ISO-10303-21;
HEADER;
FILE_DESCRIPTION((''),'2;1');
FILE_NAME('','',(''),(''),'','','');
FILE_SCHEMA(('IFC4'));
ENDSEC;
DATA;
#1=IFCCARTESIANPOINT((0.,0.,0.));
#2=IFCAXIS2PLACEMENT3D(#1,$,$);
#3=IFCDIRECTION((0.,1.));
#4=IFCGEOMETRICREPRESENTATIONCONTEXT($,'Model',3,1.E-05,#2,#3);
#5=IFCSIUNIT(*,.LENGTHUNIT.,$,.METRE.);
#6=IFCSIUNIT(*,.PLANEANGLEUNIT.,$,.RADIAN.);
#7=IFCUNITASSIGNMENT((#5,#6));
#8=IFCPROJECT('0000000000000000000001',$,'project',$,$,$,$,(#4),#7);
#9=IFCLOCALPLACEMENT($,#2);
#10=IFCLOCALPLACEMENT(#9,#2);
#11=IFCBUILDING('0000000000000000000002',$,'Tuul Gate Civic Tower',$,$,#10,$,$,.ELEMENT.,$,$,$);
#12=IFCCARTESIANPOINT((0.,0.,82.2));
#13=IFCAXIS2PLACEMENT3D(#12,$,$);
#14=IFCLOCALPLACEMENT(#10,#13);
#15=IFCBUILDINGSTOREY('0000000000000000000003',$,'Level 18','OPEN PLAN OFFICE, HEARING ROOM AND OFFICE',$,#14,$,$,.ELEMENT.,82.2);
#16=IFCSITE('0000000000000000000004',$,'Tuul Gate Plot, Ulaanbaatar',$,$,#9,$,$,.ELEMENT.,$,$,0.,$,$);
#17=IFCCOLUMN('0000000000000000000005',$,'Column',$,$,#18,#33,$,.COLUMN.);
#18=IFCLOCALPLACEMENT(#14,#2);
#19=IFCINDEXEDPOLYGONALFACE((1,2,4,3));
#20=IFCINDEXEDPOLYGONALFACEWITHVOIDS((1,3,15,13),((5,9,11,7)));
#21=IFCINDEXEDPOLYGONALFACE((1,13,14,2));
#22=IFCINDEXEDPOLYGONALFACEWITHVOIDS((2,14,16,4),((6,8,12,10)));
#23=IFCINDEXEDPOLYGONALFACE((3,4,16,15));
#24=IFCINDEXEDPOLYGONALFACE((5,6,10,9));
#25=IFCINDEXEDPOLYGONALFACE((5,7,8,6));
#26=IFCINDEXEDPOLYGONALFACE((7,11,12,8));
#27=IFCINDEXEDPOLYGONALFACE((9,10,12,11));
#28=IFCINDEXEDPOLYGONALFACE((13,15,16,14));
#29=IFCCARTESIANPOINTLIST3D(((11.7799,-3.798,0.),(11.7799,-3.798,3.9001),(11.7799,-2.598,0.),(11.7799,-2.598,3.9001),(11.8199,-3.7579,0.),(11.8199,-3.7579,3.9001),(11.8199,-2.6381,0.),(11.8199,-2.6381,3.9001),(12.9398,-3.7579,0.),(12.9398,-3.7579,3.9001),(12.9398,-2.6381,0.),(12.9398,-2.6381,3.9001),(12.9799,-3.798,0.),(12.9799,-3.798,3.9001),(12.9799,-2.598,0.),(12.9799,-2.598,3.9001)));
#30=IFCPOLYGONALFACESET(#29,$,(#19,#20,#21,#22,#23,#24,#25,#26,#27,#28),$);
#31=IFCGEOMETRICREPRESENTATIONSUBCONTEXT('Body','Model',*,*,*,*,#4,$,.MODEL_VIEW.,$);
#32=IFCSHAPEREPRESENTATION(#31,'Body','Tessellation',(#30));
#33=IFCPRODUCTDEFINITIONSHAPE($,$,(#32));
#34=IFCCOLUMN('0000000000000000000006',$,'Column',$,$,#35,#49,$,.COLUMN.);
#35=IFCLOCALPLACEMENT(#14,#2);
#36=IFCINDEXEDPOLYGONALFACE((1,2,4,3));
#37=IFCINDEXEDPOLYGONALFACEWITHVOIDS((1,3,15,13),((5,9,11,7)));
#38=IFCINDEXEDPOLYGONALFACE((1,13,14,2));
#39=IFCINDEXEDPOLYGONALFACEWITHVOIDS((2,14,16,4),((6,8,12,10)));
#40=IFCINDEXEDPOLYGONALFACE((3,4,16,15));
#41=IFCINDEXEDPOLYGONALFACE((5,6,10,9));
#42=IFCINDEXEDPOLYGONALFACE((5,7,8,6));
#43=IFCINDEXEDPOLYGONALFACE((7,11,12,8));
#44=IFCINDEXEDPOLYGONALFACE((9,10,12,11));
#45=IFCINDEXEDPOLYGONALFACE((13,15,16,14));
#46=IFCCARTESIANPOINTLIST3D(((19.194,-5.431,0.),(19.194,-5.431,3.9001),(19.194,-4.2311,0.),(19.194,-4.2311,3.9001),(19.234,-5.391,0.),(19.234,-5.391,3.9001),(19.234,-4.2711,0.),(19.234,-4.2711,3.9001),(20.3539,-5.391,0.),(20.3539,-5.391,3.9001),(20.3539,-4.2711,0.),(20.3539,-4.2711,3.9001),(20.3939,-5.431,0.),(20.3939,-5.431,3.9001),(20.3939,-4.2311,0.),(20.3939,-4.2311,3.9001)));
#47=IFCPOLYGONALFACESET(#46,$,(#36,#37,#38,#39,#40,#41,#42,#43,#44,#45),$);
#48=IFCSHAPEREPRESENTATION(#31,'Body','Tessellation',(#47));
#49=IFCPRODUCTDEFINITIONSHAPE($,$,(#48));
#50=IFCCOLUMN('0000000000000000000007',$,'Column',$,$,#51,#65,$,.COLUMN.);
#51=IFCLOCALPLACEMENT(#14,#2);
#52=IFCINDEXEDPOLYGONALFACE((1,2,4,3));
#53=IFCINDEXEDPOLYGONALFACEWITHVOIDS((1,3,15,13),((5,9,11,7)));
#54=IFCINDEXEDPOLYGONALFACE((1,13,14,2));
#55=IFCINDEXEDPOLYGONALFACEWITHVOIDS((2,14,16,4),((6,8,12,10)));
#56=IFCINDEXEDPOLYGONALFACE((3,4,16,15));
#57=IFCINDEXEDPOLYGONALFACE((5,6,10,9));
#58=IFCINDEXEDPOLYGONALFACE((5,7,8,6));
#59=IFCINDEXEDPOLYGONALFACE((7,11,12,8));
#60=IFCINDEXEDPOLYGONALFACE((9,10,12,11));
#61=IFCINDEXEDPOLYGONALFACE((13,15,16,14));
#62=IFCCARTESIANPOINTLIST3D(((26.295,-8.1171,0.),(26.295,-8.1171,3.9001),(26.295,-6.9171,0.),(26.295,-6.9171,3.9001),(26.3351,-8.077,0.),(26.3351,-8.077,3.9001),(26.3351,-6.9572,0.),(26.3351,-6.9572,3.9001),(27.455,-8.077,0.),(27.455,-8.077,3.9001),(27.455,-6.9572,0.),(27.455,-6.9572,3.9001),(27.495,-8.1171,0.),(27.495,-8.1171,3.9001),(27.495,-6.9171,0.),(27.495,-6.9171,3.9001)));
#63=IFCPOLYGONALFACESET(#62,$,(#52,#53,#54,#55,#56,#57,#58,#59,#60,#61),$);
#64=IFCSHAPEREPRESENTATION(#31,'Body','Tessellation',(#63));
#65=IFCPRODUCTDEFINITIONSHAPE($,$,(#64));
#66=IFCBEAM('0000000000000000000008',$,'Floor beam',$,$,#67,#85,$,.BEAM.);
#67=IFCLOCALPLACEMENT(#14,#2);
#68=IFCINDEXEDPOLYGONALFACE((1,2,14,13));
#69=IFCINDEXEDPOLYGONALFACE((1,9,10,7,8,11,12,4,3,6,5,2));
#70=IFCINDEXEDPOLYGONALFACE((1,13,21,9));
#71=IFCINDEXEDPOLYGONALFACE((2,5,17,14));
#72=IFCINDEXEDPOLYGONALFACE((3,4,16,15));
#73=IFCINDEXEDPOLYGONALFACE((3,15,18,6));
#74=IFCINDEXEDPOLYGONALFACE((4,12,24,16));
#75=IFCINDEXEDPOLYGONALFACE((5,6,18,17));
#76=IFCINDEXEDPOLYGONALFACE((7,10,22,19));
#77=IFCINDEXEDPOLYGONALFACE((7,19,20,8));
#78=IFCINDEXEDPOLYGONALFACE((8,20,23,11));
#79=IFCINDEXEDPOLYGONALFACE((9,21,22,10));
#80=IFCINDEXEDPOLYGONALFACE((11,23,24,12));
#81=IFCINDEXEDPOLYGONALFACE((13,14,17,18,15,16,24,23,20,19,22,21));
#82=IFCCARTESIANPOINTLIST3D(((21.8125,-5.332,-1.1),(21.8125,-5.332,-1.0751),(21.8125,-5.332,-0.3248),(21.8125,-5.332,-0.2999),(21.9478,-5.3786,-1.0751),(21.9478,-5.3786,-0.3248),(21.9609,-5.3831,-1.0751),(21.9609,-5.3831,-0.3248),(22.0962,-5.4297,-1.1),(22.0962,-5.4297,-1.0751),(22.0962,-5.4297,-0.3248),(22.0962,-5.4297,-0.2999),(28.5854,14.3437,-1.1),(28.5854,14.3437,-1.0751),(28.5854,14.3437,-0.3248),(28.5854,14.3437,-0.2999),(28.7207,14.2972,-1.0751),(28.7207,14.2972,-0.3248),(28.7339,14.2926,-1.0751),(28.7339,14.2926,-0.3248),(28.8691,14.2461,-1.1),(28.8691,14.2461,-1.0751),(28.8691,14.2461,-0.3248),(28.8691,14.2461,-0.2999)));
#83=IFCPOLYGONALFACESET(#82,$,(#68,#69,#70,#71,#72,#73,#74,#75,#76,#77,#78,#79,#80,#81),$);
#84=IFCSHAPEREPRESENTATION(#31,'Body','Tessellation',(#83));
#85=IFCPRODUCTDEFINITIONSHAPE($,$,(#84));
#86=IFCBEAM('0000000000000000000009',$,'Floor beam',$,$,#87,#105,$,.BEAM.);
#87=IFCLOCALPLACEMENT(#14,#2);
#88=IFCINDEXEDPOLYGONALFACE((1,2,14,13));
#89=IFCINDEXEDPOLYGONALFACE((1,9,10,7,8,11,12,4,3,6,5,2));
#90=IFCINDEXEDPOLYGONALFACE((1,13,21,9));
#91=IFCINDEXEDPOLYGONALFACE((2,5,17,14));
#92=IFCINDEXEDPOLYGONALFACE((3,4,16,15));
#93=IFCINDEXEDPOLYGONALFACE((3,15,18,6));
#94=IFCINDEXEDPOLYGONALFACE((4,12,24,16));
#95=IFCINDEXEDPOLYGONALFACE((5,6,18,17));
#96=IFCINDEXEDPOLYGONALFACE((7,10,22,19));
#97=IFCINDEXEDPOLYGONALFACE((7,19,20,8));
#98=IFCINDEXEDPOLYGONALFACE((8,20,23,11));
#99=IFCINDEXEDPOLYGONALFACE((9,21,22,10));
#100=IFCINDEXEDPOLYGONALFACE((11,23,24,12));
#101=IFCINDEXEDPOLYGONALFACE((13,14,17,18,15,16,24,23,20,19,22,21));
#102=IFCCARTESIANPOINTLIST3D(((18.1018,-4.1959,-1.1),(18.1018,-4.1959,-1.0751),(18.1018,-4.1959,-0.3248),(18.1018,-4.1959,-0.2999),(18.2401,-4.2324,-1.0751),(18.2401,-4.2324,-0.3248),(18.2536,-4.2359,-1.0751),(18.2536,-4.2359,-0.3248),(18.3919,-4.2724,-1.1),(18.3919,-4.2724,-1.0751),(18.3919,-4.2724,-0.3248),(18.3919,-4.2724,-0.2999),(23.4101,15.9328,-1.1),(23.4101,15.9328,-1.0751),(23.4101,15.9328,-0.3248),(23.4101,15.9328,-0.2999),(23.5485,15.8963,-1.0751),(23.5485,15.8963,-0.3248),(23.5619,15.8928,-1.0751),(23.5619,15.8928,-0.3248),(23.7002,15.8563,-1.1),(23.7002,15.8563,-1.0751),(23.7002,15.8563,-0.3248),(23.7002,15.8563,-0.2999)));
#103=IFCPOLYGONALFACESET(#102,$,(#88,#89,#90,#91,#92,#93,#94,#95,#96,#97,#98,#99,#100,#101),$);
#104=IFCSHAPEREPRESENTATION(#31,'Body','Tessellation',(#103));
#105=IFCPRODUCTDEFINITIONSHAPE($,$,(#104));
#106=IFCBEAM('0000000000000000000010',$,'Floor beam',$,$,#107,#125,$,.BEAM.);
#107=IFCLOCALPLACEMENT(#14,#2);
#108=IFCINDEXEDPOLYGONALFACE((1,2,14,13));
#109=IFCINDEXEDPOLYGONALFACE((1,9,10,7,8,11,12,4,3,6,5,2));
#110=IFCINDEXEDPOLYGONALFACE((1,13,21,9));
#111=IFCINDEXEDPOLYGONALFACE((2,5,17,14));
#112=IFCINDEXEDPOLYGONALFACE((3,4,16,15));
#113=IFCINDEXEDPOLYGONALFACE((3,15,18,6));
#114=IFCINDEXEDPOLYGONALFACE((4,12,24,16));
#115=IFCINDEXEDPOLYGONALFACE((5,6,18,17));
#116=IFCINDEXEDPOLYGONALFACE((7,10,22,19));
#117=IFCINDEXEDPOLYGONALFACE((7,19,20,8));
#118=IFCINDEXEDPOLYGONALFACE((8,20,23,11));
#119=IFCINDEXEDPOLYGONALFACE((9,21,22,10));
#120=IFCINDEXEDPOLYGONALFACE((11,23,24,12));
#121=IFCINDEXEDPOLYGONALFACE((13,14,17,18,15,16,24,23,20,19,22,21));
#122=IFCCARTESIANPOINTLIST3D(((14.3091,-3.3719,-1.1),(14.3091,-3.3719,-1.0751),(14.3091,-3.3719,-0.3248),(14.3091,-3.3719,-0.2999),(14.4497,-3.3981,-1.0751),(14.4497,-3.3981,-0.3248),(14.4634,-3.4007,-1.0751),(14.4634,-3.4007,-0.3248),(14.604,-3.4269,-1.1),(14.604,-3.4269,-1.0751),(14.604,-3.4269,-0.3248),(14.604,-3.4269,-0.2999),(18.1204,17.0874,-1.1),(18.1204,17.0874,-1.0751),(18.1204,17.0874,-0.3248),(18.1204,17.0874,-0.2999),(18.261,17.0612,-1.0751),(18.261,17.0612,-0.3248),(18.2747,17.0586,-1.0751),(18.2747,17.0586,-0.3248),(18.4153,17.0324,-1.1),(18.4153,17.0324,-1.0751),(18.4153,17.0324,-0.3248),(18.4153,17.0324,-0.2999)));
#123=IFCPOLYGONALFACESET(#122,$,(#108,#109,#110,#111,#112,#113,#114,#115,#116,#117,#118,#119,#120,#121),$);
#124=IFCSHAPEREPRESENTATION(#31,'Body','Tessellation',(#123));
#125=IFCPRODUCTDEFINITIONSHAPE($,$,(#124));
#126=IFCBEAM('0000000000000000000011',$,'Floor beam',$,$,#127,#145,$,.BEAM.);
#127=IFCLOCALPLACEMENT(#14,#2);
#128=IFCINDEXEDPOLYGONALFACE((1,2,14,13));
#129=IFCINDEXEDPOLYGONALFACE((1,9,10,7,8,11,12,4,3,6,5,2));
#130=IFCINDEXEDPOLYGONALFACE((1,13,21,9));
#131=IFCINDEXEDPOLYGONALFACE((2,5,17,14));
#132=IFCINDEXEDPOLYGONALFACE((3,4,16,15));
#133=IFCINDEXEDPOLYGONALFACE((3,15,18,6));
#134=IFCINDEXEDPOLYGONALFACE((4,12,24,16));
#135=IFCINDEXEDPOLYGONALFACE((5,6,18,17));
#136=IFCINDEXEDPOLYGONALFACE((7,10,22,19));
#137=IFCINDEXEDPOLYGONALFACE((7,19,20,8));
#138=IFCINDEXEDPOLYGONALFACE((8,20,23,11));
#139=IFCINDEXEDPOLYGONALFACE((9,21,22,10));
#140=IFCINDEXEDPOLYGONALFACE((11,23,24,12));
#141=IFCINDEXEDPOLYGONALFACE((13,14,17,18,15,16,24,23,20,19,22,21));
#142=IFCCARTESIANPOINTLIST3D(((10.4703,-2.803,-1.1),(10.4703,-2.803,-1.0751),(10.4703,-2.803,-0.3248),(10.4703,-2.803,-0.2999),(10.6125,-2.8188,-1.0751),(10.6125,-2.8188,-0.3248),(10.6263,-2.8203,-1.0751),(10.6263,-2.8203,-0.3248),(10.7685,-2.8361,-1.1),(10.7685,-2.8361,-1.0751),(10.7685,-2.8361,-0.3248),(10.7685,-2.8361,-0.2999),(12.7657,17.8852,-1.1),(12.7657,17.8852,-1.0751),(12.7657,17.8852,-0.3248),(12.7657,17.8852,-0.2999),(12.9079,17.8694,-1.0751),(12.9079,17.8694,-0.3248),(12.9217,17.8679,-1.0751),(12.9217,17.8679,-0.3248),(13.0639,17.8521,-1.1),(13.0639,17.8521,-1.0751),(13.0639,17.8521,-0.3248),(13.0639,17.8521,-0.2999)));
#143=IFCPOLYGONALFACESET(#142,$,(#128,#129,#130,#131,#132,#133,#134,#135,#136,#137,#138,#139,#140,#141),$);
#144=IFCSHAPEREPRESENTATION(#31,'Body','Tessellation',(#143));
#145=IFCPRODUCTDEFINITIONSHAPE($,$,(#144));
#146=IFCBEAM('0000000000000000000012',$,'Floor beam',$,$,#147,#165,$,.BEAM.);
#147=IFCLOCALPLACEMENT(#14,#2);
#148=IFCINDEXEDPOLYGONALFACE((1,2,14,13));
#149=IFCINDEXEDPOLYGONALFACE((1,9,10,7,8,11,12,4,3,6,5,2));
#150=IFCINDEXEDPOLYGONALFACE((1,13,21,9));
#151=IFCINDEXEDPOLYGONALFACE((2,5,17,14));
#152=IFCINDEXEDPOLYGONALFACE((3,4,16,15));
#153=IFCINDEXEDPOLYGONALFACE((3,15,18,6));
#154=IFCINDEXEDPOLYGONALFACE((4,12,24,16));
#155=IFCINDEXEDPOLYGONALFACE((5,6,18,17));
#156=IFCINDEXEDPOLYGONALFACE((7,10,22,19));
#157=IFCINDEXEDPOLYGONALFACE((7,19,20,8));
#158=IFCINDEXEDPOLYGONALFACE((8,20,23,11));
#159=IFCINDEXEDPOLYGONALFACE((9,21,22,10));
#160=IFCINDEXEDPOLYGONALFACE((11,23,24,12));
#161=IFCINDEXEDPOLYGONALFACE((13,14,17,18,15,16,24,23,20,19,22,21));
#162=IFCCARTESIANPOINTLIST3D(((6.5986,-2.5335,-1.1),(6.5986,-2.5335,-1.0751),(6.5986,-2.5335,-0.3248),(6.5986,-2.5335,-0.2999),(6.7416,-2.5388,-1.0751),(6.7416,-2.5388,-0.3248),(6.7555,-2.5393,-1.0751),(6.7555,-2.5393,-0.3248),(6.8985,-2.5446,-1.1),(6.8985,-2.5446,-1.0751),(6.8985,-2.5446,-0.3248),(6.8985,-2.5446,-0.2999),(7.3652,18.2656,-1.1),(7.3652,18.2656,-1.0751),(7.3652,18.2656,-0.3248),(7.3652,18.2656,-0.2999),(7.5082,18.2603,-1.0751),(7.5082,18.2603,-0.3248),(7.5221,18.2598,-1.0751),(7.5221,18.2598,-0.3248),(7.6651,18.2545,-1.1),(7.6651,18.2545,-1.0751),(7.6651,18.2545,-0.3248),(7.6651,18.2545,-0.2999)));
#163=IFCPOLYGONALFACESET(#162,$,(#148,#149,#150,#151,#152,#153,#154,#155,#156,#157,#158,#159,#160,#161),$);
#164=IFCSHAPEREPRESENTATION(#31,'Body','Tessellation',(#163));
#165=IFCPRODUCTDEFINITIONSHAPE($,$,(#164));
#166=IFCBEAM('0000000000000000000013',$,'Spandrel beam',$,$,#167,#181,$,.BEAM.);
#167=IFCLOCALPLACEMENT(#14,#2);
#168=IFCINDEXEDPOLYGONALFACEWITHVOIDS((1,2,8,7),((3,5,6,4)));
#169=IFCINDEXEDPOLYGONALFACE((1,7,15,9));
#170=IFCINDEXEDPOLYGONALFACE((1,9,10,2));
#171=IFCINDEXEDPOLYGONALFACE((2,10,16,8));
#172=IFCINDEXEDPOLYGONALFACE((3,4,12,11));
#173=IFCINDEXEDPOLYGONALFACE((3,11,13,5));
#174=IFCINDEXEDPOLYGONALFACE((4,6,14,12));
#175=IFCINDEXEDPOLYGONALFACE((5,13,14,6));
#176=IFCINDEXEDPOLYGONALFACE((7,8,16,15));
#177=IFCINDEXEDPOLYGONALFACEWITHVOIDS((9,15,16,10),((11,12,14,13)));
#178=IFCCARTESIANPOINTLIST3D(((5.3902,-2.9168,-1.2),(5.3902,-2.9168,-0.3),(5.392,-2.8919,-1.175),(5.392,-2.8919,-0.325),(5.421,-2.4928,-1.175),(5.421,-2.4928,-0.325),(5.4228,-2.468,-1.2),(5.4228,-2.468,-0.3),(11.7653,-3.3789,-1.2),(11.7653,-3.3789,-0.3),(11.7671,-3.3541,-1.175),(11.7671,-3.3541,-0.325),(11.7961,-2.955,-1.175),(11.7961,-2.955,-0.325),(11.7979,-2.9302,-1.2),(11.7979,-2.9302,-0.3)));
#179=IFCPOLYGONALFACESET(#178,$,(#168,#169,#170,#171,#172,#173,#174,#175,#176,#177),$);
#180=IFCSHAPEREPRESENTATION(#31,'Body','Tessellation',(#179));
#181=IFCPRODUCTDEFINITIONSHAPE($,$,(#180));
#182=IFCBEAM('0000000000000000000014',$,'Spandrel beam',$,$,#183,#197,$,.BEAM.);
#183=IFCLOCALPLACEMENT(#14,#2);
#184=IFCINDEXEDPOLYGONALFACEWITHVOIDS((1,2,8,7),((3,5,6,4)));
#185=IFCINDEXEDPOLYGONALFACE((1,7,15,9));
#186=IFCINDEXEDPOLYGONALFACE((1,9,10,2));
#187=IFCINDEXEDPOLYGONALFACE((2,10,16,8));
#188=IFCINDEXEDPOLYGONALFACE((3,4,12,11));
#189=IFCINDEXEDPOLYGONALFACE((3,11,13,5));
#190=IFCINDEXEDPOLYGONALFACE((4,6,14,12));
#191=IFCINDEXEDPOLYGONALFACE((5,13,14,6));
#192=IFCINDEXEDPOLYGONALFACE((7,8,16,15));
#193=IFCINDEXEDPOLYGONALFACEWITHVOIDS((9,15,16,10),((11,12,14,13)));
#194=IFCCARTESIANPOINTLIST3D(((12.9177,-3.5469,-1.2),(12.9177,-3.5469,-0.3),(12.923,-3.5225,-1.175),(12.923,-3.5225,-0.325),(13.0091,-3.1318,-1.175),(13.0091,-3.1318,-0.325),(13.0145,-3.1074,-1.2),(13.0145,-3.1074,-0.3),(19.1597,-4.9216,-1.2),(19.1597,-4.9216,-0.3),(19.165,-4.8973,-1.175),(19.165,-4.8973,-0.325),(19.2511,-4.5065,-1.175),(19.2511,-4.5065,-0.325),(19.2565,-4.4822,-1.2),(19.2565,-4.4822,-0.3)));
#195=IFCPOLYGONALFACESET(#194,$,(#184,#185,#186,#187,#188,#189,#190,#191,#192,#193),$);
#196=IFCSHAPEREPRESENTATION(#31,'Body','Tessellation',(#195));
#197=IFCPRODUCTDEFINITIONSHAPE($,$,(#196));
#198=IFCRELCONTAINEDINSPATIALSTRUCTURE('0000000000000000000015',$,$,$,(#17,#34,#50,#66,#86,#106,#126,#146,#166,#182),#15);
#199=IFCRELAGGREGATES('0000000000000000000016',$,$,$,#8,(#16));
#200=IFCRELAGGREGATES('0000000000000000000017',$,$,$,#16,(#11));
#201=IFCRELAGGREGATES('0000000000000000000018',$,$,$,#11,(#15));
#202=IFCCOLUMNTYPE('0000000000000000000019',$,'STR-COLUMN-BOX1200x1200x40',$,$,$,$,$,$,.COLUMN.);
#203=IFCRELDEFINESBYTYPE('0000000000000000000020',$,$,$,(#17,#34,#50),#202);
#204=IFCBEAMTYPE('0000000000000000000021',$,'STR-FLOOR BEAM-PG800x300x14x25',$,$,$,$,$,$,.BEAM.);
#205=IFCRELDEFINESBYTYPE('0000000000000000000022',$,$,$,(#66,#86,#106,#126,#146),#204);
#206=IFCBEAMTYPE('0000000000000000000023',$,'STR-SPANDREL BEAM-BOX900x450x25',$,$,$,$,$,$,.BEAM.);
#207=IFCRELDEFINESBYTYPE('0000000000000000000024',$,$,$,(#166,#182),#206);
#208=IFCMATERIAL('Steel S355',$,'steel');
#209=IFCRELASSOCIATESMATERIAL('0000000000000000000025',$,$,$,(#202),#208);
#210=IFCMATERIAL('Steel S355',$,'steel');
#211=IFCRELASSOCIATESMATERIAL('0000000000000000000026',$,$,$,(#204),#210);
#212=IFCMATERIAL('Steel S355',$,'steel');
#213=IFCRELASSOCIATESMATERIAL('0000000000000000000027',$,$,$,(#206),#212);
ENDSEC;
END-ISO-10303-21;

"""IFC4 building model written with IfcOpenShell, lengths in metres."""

from ifc_helpers import new_model, si_unit, direction, frame, origin, origin_2d, place, context, subcontext, project, spatial, hollow_rectangle, i_section, extrude, material, material_profile, profile_set, type_object, element, save


model = new_model("IFC4")

# Units and contexts
model_context = context("Model", 3, precision=1e-05, world=origin(), true_north=direction((0.0, 1.0)))
body_context = subcontext(model_context, "Body", "Model", "MODEL_VIEW")
ifc_project = project(units=[si_unit("LENGTHUNIT", "METRE"), si_unit("PLANEANGLEUNIT", "RADIAN")], contexts=[model_context])

# Site, building, storey
site_placement = place(None, origin())
site = spatial("IfcSite", under=ifc_project, at=site_placement, Name="Tuul Gate Plot, Ulaanbaatar", CompositionType="ELEMENT", RefElevation=0.0)
building_placement = place(site_placement, origin())
building = spatial("IfcBuilding", under=site, at=building_placement, Name="Tuul Gate Civic Tower", CompositionType="ELEMENT")
storey_placement = place(building_placement, frame((0.0, 0.0, 82.2)))
storey = spatial("IfcBuildingStorey", under=building, at=storey_placement, Name="Level 18", Description="OPEN PLAN OFFICE, HEARING ROOM AND OFFICE", CompositionType="ELEMENT", Elevation=82.2)

# Columns
ifc_material_1 = material(Name="Steel S355", Category="steel")
ifc_material_profile_1 = material_profile(ifc_material_1, hollow_rectangle(XDim=1.2, YDim=1.2, WallThickness=0.04, at=origin_2d()), Name="BOX1200x1200x40")
ifc_profile_set_1 = profile_set([ifc_material_profile_1], Name="Steel S355")
column_type = type_object("IfcColumnType", Name="STR-COLUMN-BOX1200x1200x40", PredefinedType="COLUMN", material=ifc_profile_set_1)
for number, where, z_axis, x_axis, name in (
    (1, (12.3799, -3.198, 0.0), (0.0, 0.0, 1.0), (1.0, 0.0, 0.0), "Column"),
    (2, (19.7939, -4.8311, 0.0), (0.0, 0.0, 1.0), (1.0, 0.0, 0.0), "Column"),
    (3, (26.895, -7.5171, 0.0), (0.0, 0.0, 1.0), (1.0, 0.0, 0.0), "Column"),
):
    element("IfcColumn", number, at=place(storey_placement, frame(where, z_axis=z_axis, x_axis=x_axis)), inside=storey, type_object=column_type, Name=name, PredefinedType="COLUMN", context=body_context, shape_type="SweptSolid", body=[
        extrude(hollow_rectangle(XDim=1.2, YDim=1.2, WallThickness=0.04, at=origin_2d()), origin(), (0.0, 0.0, 1.0), 3.9001),
    ])

# Beams
ifc_material_2 = material(Name="Steel S355", Category="steel")
ifc_material_profile_2 = material_profile(ifc_material_2, i_section(OverallWidth=0.3, OverallDepth=0.8, WebThickness=0.0139, FlangeThickness=0.0249, at=origin_2d()), Name="PG800x300x14x25")
ifc_profile_set_2 = profile_set([ifc_material_profile_2], Name="Steel S355")
beam_type_1 = type_object("IfcBeamType", Name="STR-FLOOR BEAM-PG800x300x14x25", PredefinedType="BEAM", material=ifc_profile_set_2)
beam_1_placement = place(storey_placement, frame((21.9543, -5.3809, -0.7), z_axis=(0.325484, 0.945548, 0.0), x_axis=(-0.945548, 0.325484, 0.0)))
element("IfcBeam", 4, at=beam_1_placement, inside=storey, type_object=beam_type_1, Name="Floor beam", PredefinedType="BEAM", context=body_context, shape_type="SweptSolid", body=[
    extrude(i_section(OverallWidth=0.3, OverallDepth=0.8, WebThickness=0.0139, FlangeThickness=0.0249, at=origin_2d()), origin(), (0.0, 0.0, 1.0), 20.8088),
])
beam_2_placement = place(storey_placement, frame((18.2468, -4.2341, -0.7), z_axis=(0.255002, 0.96694, 0.0), x_axis=(-0.96694, 0.255002, 0.0)))
element("IfcBeam", 5, at=beam_2_placement, inside=storey, type_object=beam_type_1, Name="Floor beam", PredefinedType="BEAM", context=body_context, shape_type="SweptSolid", body=[
    extrude(i_section(OverallWidth=0.3, OverallDepth=0.8, WebThickness=0.0139, FlangeThickness=0.0249, at=origin_2d()), origin(), (0.0, 0.0, 1.0), 20.8169),
])
beam_3_placement = place(storey_placement, frame((14.4565, -3.3994, -0.7), z_axis=(0.183136, 0.983088, 0.0), x_axis=(-0.983088, 0.183136, 0.0)))
element("IfcBeam", 6, at=beam_3_placement, inside=storey, type_object=beam_type_1, Name="Floor beam", PredefinedType="BEAM", context=body_context, shape_type="SweptSolid", body=[
    extrude(i_section(OverallWidth=0.3, OverallDepth=0.8, WebThickness=0.0139, FlangeThickness=0.0249, at=origin_2d()), origin(), (0.0, 0.0, 1.0), 20.8113),
])
beam_4_placement = place(storey_placement, frame((10.6194, -2.8196, -0.7), z_axis=(0.110276, 0.993901, 0.0), x_axis=(-0.993901, 0.110276, 0.0)))
element("IfcBeam", 7, at=beam_4_placement, inside=storey, type_object=beam_type_1, Name="Floor beam", PredefinedType="BEAM", context=body_context, shape_type="SweptSolid", body=[
    extrude(i_section(OverallWidth=0.3, OverallDepth=0.8, WebThickness=0.0139, FlangeThickness=0.0249, at=origin_2d()), origin(), (0.0, 0.0, 1.0), 20.8152),
])
beam_5_placement = place(storey_placement, frame((6.7485, -2.5391, -0.7), z_axis=(0.036832, 0.999321, 0.0), x_axis=(-0.999321, 0.036832, 0.0)))
element("IfcBeam", 8, at=beam_5_placement, inside=storey, type_object=beam_type_1, Name="Floor beam", PredefinedType="BEAM", context=body_context, shape_type="SweptSolid", body=[
    extrude(i_section(OverallWidth=0.3, OverallDepth=0.8, WebThickness=0.0139, FlangeThickness=0.0249, at=origin_2d()), origin(), (0.0, 0.0, 1.0), 20.8132),
])
ifc_material_3 = material(Name="Steel S355", Category="steel")
ifc_material_profile_3 = material_profile(ifc_material_3, hollow_rectangle(XDim=0.45, YDim=0.8999, WallThickness=0.0249, at=origin_2d()), Name="BOX900x450x25")
ifc_profile_set_3 = profile_set([ifc_material_profile_3], Name="Steel S355")
beam_type_2 = type_object("IfcBeamType", Name="STR-SPANDREL BEAM-BOX900x450x25", PredefinedType="BEAM", material=ifc_profile_set_3)
beam_6_placement = place(storey_placement, frame((5.4065, -2.6924, -0.75), z_axis=(0.997383, -0.072306, 0.0), x_axis=(0.072306, 0.997383, 0.0)))
element("IfcBeam", 9, at=beam_6_placement, inside=storey, type_object=beam_type_2, Name="Spandrel beam", PredefinedType="BEAM", context=body_context, shape_type="SweptSolid", body=[
    extrude(hollow_rectangle(XDim=0.45, YDim=0.8999, WallThickness=0.0249, at=origin_2d()), origin(), (0.0, 0.0, 1.0), 6.3918),
])
beam_7_placement = place(storey_placement, frame((12.9661, -3.3271, -0.75), z_axis=(0.976594, -0.21509, 0.0), x_axis=(0.21509, 0.976594, 0.0)))
element("IfcBeam", 10, at=beam_7_placement, inside=storey, type_object=beam_type_2, Name="Spandrel beam", PredefinedType="BEAM", context=body_context, shape_type="SweptSolid", body=[
    extrude(hollow_rectangle(XDim=0.45, YDim=0.8999, WallThickness=0.0249, at=origin_2d()), origin(), (0.0, 0.0, 1.0), 6.3916),
])

save(model, "model.ifc")
